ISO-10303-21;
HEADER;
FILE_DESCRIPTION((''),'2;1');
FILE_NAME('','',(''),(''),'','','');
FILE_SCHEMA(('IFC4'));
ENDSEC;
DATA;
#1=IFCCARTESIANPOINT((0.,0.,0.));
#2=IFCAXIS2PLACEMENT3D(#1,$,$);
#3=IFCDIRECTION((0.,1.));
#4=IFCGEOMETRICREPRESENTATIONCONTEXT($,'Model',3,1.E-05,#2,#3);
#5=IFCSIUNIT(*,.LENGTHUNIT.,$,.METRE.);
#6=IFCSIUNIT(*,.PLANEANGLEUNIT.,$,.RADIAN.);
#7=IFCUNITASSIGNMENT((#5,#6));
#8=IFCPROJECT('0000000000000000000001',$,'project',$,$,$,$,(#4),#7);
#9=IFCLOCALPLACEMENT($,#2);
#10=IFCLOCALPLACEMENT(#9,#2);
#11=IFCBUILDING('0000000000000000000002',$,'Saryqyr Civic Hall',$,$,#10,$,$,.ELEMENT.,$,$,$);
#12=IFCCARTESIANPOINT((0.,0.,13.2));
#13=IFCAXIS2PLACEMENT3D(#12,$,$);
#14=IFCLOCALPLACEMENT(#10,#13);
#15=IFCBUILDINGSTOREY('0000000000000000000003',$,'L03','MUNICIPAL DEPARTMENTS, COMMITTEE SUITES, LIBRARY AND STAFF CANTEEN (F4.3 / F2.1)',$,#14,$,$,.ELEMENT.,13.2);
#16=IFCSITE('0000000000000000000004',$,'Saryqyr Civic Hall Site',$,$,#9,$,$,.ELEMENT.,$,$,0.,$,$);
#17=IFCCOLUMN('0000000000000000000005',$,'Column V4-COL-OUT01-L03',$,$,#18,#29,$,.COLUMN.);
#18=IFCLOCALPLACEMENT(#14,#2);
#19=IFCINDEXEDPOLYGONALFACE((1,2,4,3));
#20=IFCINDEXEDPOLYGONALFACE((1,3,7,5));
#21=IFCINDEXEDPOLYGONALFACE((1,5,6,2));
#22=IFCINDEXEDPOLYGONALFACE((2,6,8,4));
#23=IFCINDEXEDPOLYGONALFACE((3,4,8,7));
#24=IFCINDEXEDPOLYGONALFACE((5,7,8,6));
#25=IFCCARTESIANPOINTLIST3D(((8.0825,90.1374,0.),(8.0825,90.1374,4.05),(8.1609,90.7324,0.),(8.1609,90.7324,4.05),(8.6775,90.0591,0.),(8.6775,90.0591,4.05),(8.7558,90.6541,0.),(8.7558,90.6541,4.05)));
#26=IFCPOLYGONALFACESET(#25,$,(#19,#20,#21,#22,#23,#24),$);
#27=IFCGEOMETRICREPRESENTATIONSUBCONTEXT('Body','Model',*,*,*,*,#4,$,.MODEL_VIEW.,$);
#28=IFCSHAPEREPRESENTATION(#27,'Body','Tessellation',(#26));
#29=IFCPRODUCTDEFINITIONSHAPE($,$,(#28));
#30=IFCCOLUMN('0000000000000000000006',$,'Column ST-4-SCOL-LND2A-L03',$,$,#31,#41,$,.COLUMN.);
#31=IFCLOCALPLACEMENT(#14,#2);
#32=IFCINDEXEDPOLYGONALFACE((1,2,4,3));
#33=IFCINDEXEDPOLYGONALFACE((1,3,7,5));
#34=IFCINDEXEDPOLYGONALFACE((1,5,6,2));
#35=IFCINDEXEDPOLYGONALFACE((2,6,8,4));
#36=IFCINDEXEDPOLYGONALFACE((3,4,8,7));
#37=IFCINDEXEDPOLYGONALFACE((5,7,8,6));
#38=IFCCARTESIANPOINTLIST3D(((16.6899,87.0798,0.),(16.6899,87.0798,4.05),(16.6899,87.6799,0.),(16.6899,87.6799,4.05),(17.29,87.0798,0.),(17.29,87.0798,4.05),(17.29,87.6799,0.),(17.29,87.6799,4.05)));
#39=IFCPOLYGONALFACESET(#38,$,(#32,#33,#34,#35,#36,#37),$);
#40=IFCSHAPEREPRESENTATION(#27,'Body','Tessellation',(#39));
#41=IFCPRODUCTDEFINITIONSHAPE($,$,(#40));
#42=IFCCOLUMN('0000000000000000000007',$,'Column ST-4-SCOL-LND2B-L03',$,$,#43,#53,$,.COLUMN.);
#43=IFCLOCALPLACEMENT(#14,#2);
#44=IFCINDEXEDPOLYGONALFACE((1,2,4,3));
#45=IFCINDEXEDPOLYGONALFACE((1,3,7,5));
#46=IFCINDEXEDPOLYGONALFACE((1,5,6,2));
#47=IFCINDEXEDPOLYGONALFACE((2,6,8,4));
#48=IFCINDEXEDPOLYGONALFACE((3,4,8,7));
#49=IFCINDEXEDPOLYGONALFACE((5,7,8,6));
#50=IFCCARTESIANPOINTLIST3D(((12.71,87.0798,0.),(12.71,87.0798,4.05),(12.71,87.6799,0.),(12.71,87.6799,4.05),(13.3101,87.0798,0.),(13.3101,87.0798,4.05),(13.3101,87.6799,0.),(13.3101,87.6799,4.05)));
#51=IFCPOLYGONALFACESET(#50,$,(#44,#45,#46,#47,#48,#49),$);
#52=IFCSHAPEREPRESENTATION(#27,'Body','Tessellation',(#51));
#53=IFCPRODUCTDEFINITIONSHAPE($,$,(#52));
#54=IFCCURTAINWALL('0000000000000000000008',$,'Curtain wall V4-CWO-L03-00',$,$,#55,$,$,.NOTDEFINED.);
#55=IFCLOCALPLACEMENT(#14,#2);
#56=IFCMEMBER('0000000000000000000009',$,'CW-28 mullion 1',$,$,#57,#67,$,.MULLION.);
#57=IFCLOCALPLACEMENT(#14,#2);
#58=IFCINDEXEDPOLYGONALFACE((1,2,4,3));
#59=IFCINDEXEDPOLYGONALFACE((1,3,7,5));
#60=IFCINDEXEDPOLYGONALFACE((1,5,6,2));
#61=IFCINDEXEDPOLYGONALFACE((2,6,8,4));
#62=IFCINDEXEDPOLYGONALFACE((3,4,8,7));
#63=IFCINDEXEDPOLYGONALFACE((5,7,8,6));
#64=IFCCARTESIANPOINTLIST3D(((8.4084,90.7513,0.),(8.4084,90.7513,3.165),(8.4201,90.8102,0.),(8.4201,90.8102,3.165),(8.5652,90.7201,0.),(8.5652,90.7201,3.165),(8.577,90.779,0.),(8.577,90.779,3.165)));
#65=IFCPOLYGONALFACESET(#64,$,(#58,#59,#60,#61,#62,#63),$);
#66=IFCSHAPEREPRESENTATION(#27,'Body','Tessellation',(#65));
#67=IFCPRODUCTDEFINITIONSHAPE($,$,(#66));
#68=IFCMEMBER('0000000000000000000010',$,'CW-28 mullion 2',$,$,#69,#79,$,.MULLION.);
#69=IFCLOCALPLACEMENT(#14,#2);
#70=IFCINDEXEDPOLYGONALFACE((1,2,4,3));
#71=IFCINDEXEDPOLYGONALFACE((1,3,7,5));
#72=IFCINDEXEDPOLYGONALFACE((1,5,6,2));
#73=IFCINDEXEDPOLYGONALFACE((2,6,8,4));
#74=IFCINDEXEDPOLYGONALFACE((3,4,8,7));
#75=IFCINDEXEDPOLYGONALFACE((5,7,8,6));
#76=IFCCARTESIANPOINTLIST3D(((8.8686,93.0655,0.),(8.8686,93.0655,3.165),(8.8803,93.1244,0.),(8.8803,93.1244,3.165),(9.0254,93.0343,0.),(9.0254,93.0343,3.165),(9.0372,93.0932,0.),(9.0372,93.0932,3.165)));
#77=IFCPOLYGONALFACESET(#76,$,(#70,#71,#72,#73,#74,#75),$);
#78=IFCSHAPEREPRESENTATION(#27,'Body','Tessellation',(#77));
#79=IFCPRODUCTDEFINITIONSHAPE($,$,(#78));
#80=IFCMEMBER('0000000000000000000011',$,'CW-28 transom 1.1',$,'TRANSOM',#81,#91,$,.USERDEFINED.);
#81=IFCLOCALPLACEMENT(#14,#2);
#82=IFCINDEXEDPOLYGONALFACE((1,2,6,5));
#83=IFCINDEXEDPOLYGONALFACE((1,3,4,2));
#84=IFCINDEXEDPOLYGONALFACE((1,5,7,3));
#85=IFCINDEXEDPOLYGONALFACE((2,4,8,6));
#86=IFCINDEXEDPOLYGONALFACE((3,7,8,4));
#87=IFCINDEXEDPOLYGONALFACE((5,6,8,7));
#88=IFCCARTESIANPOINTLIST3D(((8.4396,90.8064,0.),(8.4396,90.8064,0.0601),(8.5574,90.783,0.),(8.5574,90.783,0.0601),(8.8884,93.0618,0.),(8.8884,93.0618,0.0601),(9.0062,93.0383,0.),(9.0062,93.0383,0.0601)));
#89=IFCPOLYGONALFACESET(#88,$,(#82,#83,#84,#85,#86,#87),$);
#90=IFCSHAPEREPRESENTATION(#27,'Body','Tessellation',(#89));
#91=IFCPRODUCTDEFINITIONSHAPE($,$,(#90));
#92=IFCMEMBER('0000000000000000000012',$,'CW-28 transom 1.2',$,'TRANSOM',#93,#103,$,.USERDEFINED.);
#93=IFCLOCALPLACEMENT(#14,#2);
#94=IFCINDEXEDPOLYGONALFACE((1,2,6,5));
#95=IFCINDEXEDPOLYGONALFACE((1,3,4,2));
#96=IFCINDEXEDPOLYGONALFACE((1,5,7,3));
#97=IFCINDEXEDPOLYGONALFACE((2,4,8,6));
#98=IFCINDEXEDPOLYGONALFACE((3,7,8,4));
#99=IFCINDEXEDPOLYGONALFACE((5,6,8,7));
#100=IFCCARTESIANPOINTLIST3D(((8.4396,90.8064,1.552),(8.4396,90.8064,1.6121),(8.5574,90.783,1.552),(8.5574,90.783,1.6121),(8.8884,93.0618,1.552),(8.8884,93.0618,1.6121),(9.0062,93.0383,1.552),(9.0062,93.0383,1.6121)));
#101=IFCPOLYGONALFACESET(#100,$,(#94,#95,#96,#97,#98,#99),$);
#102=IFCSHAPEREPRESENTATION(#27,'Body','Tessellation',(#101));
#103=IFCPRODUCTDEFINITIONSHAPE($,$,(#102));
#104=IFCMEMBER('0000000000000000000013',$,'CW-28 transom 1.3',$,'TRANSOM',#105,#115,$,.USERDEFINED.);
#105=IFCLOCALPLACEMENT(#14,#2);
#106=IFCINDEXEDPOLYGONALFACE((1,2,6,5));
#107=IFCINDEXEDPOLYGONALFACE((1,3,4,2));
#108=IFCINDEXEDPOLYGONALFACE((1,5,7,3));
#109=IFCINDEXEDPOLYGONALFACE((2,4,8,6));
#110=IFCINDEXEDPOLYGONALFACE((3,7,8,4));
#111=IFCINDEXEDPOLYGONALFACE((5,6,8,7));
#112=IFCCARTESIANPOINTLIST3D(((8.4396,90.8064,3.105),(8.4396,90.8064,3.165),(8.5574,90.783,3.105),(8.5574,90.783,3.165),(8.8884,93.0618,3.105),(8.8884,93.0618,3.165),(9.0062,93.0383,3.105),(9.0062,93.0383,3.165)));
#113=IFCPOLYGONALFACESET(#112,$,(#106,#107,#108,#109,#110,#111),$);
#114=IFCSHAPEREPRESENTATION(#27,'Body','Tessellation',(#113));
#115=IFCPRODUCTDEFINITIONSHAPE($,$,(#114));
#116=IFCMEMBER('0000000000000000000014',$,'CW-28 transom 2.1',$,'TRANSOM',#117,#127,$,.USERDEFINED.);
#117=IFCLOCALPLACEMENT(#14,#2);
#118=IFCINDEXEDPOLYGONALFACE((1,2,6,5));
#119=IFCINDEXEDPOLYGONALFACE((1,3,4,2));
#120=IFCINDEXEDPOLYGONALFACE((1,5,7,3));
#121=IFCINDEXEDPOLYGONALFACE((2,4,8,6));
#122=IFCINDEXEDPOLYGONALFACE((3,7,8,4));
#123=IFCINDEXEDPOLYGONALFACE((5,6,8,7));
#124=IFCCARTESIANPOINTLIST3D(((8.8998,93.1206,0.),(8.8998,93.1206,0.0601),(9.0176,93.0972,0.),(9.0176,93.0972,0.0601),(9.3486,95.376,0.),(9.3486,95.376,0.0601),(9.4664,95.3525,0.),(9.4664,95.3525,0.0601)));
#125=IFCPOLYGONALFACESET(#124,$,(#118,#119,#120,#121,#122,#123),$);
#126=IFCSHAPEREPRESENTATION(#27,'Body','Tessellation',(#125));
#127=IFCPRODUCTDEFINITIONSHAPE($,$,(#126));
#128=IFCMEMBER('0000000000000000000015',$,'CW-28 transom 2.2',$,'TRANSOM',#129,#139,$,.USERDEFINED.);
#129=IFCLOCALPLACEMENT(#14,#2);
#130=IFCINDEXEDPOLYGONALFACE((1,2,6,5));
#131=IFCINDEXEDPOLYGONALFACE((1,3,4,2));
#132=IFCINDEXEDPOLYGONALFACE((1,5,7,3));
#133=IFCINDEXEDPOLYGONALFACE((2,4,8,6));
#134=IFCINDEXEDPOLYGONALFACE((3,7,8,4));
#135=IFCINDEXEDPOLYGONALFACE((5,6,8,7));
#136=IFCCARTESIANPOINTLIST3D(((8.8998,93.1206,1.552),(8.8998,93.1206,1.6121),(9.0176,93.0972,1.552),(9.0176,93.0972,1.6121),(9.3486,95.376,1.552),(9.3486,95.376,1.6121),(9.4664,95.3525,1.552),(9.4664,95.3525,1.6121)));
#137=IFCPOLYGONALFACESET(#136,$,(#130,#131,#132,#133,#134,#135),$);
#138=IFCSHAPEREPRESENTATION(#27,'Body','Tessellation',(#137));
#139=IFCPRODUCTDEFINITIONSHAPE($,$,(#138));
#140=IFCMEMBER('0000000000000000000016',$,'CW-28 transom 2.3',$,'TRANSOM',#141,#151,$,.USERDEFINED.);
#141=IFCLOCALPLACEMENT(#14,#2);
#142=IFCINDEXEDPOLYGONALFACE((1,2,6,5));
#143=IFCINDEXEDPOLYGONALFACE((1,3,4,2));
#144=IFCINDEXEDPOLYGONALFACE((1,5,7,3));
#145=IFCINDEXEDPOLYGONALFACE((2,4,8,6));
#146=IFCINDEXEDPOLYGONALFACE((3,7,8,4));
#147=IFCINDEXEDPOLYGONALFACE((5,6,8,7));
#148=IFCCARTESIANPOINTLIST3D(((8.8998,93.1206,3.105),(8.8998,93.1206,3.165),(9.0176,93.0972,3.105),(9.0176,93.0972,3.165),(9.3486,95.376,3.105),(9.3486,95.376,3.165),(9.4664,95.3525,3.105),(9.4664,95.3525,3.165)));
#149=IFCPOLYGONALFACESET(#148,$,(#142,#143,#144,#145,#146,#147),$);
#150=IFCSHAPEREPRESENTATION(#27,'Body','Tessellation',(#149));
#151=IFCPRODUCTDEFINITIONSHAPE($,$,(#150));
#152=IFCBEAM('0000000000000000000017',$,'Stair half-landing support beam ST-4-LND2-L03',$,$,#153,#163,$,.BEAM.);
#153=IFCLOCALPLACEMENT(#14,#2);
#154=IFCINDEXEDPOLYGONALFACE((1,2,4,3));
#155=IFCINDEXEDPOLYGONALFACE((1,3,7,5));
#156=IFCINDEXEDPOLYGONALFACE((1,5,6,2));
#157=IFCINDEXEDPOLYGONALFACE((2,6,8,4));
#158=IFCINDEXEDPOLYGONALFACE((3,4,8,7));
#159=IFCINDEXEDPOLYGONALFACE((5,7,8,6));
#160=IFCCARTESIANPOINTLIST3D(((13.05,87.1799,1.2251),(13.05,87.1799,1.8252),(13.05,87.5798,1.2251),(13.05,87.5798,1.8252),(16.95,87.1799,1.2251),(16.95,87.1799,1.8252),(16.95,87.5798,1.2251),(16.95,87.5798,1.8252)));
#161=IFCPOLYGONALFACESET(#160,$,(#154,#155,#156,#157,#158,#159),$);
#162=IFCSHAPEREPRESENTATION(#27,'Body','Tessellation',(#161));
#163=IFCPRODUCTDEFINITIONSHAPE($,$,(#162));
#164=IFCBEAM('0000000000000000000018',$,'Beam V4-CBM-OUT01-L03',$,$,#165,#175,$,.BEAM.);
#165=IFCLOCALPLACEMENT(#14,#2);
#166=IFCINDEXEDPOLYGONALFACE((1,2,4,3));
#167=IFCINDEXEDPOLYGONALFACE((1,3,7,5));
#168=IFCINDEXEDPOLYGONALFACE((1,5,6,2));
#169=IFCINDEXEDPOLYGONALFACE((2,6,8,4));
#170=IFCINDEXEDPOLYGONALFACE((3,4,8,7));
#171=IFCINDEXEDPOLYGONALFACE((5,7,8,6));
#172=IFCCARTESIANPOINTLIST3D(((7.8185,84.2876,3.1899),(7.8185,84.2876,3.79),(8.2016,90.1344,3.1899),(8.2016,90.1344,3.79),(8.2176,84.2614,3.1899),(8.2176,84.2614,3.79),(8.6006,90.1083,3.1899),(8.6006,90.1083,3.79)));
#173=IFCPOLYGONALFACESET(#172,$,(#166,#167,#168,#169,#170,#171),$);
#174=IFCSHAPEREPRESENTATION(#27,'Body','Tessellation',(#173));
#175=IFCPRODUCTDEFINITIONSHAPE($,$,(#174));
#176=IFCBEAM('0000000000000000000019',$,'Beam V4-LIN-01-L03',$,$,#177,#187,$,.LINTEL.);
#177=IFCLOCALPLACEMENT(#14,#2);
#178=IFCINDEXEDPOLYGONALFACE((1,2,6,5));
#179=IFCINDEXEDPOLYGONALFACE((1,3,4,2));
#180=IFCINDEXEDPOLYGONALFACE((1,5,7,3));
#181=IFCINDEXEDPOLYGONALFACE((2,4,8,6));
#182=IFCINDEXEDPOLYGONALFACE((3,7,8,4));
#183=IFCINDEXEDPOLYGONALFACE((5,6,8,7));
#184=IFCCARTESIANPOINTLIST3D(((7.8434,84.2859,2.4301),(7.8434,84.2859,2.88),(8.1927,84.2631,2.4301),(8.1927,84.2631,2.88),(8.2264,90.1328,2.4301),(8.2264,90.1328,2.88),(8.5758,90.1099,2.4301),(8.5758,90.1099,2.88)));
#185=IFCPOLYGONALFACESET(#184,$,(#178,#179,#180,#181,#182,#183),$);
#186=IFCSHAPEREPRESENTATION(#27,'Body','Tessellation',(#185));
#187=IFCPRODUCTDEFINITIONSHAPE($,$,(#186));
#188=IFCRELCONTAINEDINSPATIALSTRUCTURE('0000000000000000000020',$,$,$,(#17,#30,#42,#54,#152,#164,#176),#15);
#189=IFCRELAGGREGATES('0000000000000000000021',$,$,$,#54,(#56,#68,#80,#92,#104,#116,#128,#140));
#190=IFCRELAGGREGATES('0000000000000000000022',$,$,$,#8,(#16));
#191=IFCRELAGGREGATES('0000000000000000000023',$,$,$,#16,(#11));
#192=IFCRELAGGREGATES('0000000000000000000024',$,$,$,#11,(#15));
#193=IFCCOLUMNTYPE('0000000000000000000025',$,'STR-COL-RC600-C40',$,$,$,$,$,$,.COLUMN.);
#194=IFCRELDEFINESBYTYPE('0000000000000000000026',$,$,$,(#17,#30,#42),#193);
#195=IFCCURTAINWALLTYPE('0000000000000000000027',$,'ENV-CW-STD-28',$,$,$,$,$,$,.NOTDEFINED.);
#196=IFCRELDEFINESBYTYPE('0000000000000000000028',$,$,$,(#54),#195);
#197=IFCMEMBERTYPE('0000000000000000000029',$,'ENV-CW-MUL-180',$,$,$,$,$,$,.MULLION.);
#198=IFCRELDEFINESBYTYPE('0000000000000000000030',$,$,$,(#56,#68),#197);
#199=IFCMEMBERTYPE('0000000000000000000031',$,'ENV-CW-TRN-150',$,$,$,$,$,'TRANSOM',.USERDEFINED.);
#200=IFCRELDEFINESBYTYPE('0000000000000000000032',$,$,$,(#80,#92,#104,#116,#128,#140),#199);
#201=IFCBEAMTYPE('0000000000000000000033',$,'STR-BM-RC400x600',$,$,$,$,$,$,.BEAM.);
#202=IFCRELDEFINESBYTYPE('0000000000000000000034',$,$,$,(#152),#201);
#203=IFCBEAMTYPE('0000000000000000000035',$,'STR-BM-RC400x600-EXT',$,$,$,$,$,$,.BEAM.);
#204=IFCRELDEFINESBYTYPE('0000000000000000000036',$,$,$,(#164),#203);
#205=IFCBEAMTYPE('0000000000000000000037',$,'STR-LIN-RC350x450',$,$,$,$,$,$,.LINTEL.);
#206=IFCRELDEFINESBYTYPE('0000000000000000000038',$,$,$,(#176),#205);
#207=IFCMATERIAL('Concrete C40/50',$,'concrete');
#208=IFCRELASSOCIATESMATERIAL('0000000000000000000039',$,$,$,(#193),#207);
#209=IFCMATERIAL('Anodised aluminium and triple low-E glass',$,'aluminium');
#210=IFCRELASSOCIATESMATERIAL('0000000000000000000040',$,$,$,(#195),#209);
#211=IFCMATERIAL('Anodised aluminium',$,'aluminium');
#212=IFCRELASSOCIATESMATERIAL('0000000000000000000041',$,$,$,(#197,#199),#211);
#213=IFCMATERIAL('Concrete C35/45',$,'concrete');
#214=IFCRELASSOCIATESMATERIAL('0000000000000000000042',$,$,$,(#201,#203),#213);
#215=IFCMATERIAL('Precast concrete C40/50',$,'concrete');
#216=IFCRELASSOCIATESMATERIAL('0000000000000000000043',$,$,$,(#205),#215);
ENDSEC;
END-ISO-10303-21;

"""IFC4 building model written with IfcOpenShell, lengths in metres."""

from ifc_helpers import new_model, si_unit, direction, frame, origin, origin_2d, place, context, subcontext, project, spatial, rectangle, extrude, material, material_profile, profile_set, type_object, element, aggregate, save


model = new_model("IFC4")

# Units and contexts
model_context = context("Model", 3, precision=1e-05, world=origin(), true_north=direction((0.0, 1.0)))
body_context = subcontext(model_context, "Body", "Model", "MODEL_VIEW")
ifc_project = project(units=[si_unit("LENGTHUNIT", "METRE"), si_unit("PLANEANGLEUNIT", "RADIAN")], contexts=[model_context])

# Site, building, storey
site_placement = place(None, origin())
site = spatial("IfcSite", under=ifc_project, at=site_placement, Name="Saryqyr Civic Hall Site", CompositionType="ELEMENT", RefElevation=0.0)
building_placement = place(site_placement, origin())
building = spatial("IfcBuilding", under=site, at=building_placement, Name="Saryqyr Civic Hall", CompositionType="ELEMENT")
storey_placement = place(building_placement, frame((0.0, 0.0, 13.2)))
storey = spatial("IfcBuildingStorey", under=building, at=storey_placement, Name="L03", Description="MUNICIPAL DEPARTMENTS, COMMITTEE SUITES, LIBRARY AND STAFF CANTEEN (F4.3 / F2.1)", CompositionType="ELEMENT", Elevation=13.2)

# Columns
ifc_material_1 = material(Name="Concrete C40/50", Category="concrete")
ifc_material_profile_1 = material_profile(ifc_material_1, rectangle(XDim=0.6001, YDim=0.6001, at=origin_2d()), Name="RC 600x600")
ifc_profile_set_1 = profile_set([ifc_material_profile_1], Name="Concrete C40/50")
column_type = type_object("IfcColumnType", Name="STR-COL-RC600-C40", PredefinedType="COLUMN", material=ifc_profile_set_1)
for number, where, z_axis, x_axis, name in (
    (1, (8.4192, 90.3958, 0.0), (0.0, 0.0, 1.0), (-0.991445, 0.130526, 0.0), "Column V4-COL-OUT01-L03"),
    (2, (16.99, 87.3799, 0.0), (0.0, 0.0, 1.0), (1.0, 0.0, 0.0), "Column ST-4-SCOL-LND2A-L03"),
    (3, (13.01, 87.3799, 0.0), (0.0, 0.0, 1.0), (1.0, 0.0, 0.0), "Column ST-4-SCOL-LND2B-L03"),
):
    element("IfcColumn", number, at=place(storey_placement, frame(where, z_axis=z_axis, x_axis=x_axis)), inside=storey, type_object=column_type, Name=name, PredefinedType="COLUMN", context=body_context, shape_type="SweptSolid", body=[
        extrude(rectangle(XDim=0.6001, YDim=0.6001, at=origin_2d()), origin(), (0.0, 0.0, 1.0), 4.05),
    ])

# Curtain wall, members
ifc_material_2 = material(Name="Anodised aluminium and triple low-E glass", Category="aluminium")
curtain_wall_type = type_object("IfcCurtainWallType", Name="ENV-CW-STD-28", PredefinedType="NOTDEFINED", material=ifc_material_2)
curtain_wall_placement = place(storey_placement, origin())
curtain_wall = element("IfcCurtainWall", 4, at=curtain_wall_placement, inside=storey, type_object=curtain_wall_type, Name="Curtain wall V4-CWO-L03-00", PredefinedType="NOTDEFINED")
ifc_material_3 = material(Name="Anodised aluminium", Category="aluminium")
ifc_material_profile_2 = material_profile(ifc_material_3, rectangle(XDim=0.0601, YDim=0.1599, at=origin_2d()), Name="ALU MULLION 60x160")
ifc_profile_set_2 = profile_set([ifc_material_profile_2], Name="Anodised aluminium")
member_type_1 = type_object("IfcMemberType", Name="ENV-CW-MUL-180", PredefinedType="MULLION", material=ifc_profile_set_2)
member_1_placement = place(storey_placement, frame((8.4927, 90.7651, 0.0), z_axis=(0.0, 0.0, 1.0), x_axis=(0.195098, 0.980784, 0.0)))
member_1 = element("IfcMember", 5, at=member_1_placement, type_object=member_type_1, Name="CW-28 mullion 1", PredefinedType="MULLION", context=body_context, shape_type="SweptSolid", body=[
    extrude(rectangle(XDim=0.0601, YDim=0.1599, at=origin_2d()), origin(), (0.0, 0.0, 1.0), 3.165),
])
member_2_placement = place(storey_placement, frame((8.9529, 93.0793, 0.0), z_axis=(0.0, 0.0, 1.0), x_axis=(0.195098, 0.980784, 0.0)))
member_2 = element("IfcMember", 6, at=member_2_placement, type_object=member_type_1, Name="CW-28 mullion 2", PredefinedType="MULLION", context=body_context, shape_type="SweptSolid", body=[
    extrude(rectangle(XDim=0.0601, YDim=0.1599, at=origin_2d()), origin(), (0.0, 0.0, 1.0), 3.165),
])
ifc_material_profile_3 = material_profile(ifc_material_3, rectangle(XDim=0.1201, YDim=0.0601, at=origin_2d()), Name="ALU TRANSOM 120x60")
ifc_profile_set_3 = profile_set([ifc_material_profile_3], Name="Anodised aluminium")
member_type_2 = type_object("IfcMemberType", Name="ENV-CW-TRN-150", ElementType="TRANSOM", PredefinedType="USERDEFINED", material=ifc_profile_set_3)
member_3_placement = place(storey_placement, frame((8.4985, 90.7947, 0.03), z_axis=(0.195136, 0.980776, 0.0), x_axis=(-0.980776, 0.195136, 0.0)))
member_3 = element("IfcMember", 7, at=member_3_placement, type_object=member_type_2, Name="CW-28 transom 1.1", ObjectType="TRANSOM", PredefinedType="USERDEFINED", context=body_context, shape_type="SweptSolid", body=[
    extrude(rectangle(XDim=0.1201, YDim=0.0601, at=origin_2d()), origin(), (0.0, 0.0, 1.0), 2.2996),
])
member_4_placement = place(storey_placement, frame((8.4985, 90.7947, 1.582), z_axis=(0.195136, 0.980776, 0.0), x_axis=(-0.980776, 0.195136, 0.0)))
member_4 = element("IfcMember", 8, at=member_4_placement, type_object=member_type_2, Name="CW-28 transom 1.2", ObjectType="TRANSOM", PredefinedType="USERDEFINED", context=body_context, shape_type="SweptSolid", body=[
    extrude(rectangle(XDim=0.1201, YDim=0.0601, at=origin_2d()), origin(), (0.0, 0.0, 1.0), 2.2996),
])
member_5_placement = place(storey_placement, frame((8.4985, 90.7947, 3.135), z_axis=(0.195136, 0.980776, 0.0), x_axis=(-0.980776, 0.195136, 0.0)))
member_5 = element("IfcMember", 9, at=member_5_placement, type_object=member_type_2, Name="CW-28 transom 1.3", ObjectType="TRANSOM", PredefinedType="USERDEFINED", context=body_context, shape_type="SweptSolid", body=[
    extrude(rectangle(XDim=0.1201, YDim=0.0601, at=origin_2d()), origin(), (0.0, 0.0, 1.0), 2.2996),
])
member_6_placement = place(storey_placement, frame((8.9587, 93.1089, 0.03), z_axis=(0.195136, 0.980776, 0.0), x_axis=(-0.980776, 0.195136, 0.0)))
member_6 = element("IfcMember", 10, at=member_6_placement, type_object=member_type_2, Name="CW-28 transom 2.1", ObjectType="TRANSOM", PredefinedType="USERDEFINED", context=body_context, shape_type="SweptSolid", body=[
    extrude(rectangle(XDim=0.1201, YDim=0.0601, at=origin_2d()), origin(), (0.0, 0.0, 1.0), 2.2996),
])
member_7_placement = place(storey_placement, frame((8.9587, 93.1089, 1.582), z_axis=(0.195136, 0.980776, 0.0), x_axis=(-0.980776, 0.195136, 0.0)))
member_7 = element("IfcMember", 11, at=member_7_placement, type_object=member_type_2, Name="CW-28 transom 2.2", ObjectType="TRANSOM", PredefinedType="USERDEFINED", context=body_context, shape_type="SweptSolid", body=[
    extrude(rectangle(XDim=0.1201, YDim=0.0601, at=origin_2d()), origin(), (0.0, 0.0, 1.0), 2.2996),
])
member_8_placement = place(storey_placement, frame((8.9587, 93.1089, 3.135), z_axis=(0.195136, 0.980776, 0.0), x_axis=(-0.980776, 0.195136, 0.0)))
member_8 = element("IfcMember", 12, at=member_8_placement, type_object=member_type_2, Name="CW-28 transom 2.3", ObjectType="TRANSOM", PredefinedType="USERDEFINED", context=body_context, shape_type="SweptSolid", body=[
    extrude(rectangle(XDim=0.1201, YDim=0.0601, at=origin_2d()), origin(), (0.0, 0.0, 1.0), 2.2996),
])

# Beams
ifc_material_4 = material(Name="Concrete C35/45", Category="concrete")
ifc_material_profile_4 = material_profile(ifc_material_4, rectangle(XDim=0.3999, YDim=0.6001, at=origin_2d()), Name="RC 400x600")
ifc_profile_set_4 = profile_set([ifc_material_profile_4], Name="Concrete C35/45")
beam_type_1 = type_object("IfcBeamType", Name="STR-BM-RC400x600", PredefinedType="BEAM", material=ifc_profile_set_4)
beam_1_placement = place(storey_placement, frame((16.95, 87.3799, 1.5251), z_axis=(-1.0, 0.0, 0.0), x_axis=(0.0, -1.0, 0.0)))
element("IfcBeam", 13, at=beam_1_placement, inside=storey, type_object=beam_type_1, Name="Stair half-landing support beam ST-4-LND2-L03", PredefinedType="BEAM", context=body_context, shape_type="SweptSolid", body=[
    extrude(rectangle(XDim=0.3999, YDim=0.6001, at=origin_2d()), origin(), (0.0, 0.0, 1.0), 3.8999),
])
ifc_material_profile_5 = material_profile(ifc_material_4, rectangle(XDim=0.3999, YDim=0.6001, at=origin_2d()), Name="RC 400x600")
ifc_profile_set_5 = profile_set([ifc_material_profile_5], Name="Concrete C35/45")
beam_type_2 = type_object("IfcBeamType", Name="STR-BM-RC400x600-EXT", PredefinedType="BEAM", material=ifc_profile_set_5)
beam_2_placement = place(storey_placement, frame((8.4011, 90.1213, 3.49), z_axis=(-0.065374, -0.997861, 0.0), x_axis=(0.997861, -0.065374, 0.0)))
element("IfcBeam", 14, at=beam_2_placement, inside=storey, type_object=beam_type_2, Name="Beam V4-CBM-OUT01-L03", PredefinedType="BEAM", context=body_context, shape_type="SweptSolid", body=[
    extrude(rectangle(XDim=0.3999, YDim=0.6001, at=origin_2d()), origin(), (0.0, 0.0, 1.0), 5.8594),
])
ifc_material_5 = material(Name="Precast concrete C40/50", Category="concrete")
ifc_material_profile_6 = material_profile(ifc_material_5, rectangle(XDim=0.3501, YDim=0.45, at=origin_2d()), Name="RC 350x450")
ifc_profile_set_6 = profile_set([ifc_material_profile_6], Name="Precast concrete C40/50")
beam_type_3 = type_object("IfcBeamType", Name="STR-LIN-RC350x450", PredefinedType="LINTEL", material=ifc_profile_set_6)
beam_3_placement = place(storey_placement, frame((8.4011, 90.1213, 2.655), z_axis=(-0.065374, -0.997861, 0.0), x_axis=(0.997861, -0.065374, 0.0)))
element("IfcBeam", 15, at=beam_3_placement, inside=storey, type_object=beam_type_3, Name="Beam V4-LIN-01-L03", PredefinedType="LINTEL", context=body_context, shape_type="SweptSolid", body=[
    extrude(rectangle(XDim=0.3501, YDim=0.45, at=origin_2d()), origin(), (0.0, 0.0, 1.0), 5.8594),
])

aggregate(curtain_wall, [member_1, member_2, member_3, member_4, member_5, member_6, member_7, member_8])

save(model, "model.ifc")
